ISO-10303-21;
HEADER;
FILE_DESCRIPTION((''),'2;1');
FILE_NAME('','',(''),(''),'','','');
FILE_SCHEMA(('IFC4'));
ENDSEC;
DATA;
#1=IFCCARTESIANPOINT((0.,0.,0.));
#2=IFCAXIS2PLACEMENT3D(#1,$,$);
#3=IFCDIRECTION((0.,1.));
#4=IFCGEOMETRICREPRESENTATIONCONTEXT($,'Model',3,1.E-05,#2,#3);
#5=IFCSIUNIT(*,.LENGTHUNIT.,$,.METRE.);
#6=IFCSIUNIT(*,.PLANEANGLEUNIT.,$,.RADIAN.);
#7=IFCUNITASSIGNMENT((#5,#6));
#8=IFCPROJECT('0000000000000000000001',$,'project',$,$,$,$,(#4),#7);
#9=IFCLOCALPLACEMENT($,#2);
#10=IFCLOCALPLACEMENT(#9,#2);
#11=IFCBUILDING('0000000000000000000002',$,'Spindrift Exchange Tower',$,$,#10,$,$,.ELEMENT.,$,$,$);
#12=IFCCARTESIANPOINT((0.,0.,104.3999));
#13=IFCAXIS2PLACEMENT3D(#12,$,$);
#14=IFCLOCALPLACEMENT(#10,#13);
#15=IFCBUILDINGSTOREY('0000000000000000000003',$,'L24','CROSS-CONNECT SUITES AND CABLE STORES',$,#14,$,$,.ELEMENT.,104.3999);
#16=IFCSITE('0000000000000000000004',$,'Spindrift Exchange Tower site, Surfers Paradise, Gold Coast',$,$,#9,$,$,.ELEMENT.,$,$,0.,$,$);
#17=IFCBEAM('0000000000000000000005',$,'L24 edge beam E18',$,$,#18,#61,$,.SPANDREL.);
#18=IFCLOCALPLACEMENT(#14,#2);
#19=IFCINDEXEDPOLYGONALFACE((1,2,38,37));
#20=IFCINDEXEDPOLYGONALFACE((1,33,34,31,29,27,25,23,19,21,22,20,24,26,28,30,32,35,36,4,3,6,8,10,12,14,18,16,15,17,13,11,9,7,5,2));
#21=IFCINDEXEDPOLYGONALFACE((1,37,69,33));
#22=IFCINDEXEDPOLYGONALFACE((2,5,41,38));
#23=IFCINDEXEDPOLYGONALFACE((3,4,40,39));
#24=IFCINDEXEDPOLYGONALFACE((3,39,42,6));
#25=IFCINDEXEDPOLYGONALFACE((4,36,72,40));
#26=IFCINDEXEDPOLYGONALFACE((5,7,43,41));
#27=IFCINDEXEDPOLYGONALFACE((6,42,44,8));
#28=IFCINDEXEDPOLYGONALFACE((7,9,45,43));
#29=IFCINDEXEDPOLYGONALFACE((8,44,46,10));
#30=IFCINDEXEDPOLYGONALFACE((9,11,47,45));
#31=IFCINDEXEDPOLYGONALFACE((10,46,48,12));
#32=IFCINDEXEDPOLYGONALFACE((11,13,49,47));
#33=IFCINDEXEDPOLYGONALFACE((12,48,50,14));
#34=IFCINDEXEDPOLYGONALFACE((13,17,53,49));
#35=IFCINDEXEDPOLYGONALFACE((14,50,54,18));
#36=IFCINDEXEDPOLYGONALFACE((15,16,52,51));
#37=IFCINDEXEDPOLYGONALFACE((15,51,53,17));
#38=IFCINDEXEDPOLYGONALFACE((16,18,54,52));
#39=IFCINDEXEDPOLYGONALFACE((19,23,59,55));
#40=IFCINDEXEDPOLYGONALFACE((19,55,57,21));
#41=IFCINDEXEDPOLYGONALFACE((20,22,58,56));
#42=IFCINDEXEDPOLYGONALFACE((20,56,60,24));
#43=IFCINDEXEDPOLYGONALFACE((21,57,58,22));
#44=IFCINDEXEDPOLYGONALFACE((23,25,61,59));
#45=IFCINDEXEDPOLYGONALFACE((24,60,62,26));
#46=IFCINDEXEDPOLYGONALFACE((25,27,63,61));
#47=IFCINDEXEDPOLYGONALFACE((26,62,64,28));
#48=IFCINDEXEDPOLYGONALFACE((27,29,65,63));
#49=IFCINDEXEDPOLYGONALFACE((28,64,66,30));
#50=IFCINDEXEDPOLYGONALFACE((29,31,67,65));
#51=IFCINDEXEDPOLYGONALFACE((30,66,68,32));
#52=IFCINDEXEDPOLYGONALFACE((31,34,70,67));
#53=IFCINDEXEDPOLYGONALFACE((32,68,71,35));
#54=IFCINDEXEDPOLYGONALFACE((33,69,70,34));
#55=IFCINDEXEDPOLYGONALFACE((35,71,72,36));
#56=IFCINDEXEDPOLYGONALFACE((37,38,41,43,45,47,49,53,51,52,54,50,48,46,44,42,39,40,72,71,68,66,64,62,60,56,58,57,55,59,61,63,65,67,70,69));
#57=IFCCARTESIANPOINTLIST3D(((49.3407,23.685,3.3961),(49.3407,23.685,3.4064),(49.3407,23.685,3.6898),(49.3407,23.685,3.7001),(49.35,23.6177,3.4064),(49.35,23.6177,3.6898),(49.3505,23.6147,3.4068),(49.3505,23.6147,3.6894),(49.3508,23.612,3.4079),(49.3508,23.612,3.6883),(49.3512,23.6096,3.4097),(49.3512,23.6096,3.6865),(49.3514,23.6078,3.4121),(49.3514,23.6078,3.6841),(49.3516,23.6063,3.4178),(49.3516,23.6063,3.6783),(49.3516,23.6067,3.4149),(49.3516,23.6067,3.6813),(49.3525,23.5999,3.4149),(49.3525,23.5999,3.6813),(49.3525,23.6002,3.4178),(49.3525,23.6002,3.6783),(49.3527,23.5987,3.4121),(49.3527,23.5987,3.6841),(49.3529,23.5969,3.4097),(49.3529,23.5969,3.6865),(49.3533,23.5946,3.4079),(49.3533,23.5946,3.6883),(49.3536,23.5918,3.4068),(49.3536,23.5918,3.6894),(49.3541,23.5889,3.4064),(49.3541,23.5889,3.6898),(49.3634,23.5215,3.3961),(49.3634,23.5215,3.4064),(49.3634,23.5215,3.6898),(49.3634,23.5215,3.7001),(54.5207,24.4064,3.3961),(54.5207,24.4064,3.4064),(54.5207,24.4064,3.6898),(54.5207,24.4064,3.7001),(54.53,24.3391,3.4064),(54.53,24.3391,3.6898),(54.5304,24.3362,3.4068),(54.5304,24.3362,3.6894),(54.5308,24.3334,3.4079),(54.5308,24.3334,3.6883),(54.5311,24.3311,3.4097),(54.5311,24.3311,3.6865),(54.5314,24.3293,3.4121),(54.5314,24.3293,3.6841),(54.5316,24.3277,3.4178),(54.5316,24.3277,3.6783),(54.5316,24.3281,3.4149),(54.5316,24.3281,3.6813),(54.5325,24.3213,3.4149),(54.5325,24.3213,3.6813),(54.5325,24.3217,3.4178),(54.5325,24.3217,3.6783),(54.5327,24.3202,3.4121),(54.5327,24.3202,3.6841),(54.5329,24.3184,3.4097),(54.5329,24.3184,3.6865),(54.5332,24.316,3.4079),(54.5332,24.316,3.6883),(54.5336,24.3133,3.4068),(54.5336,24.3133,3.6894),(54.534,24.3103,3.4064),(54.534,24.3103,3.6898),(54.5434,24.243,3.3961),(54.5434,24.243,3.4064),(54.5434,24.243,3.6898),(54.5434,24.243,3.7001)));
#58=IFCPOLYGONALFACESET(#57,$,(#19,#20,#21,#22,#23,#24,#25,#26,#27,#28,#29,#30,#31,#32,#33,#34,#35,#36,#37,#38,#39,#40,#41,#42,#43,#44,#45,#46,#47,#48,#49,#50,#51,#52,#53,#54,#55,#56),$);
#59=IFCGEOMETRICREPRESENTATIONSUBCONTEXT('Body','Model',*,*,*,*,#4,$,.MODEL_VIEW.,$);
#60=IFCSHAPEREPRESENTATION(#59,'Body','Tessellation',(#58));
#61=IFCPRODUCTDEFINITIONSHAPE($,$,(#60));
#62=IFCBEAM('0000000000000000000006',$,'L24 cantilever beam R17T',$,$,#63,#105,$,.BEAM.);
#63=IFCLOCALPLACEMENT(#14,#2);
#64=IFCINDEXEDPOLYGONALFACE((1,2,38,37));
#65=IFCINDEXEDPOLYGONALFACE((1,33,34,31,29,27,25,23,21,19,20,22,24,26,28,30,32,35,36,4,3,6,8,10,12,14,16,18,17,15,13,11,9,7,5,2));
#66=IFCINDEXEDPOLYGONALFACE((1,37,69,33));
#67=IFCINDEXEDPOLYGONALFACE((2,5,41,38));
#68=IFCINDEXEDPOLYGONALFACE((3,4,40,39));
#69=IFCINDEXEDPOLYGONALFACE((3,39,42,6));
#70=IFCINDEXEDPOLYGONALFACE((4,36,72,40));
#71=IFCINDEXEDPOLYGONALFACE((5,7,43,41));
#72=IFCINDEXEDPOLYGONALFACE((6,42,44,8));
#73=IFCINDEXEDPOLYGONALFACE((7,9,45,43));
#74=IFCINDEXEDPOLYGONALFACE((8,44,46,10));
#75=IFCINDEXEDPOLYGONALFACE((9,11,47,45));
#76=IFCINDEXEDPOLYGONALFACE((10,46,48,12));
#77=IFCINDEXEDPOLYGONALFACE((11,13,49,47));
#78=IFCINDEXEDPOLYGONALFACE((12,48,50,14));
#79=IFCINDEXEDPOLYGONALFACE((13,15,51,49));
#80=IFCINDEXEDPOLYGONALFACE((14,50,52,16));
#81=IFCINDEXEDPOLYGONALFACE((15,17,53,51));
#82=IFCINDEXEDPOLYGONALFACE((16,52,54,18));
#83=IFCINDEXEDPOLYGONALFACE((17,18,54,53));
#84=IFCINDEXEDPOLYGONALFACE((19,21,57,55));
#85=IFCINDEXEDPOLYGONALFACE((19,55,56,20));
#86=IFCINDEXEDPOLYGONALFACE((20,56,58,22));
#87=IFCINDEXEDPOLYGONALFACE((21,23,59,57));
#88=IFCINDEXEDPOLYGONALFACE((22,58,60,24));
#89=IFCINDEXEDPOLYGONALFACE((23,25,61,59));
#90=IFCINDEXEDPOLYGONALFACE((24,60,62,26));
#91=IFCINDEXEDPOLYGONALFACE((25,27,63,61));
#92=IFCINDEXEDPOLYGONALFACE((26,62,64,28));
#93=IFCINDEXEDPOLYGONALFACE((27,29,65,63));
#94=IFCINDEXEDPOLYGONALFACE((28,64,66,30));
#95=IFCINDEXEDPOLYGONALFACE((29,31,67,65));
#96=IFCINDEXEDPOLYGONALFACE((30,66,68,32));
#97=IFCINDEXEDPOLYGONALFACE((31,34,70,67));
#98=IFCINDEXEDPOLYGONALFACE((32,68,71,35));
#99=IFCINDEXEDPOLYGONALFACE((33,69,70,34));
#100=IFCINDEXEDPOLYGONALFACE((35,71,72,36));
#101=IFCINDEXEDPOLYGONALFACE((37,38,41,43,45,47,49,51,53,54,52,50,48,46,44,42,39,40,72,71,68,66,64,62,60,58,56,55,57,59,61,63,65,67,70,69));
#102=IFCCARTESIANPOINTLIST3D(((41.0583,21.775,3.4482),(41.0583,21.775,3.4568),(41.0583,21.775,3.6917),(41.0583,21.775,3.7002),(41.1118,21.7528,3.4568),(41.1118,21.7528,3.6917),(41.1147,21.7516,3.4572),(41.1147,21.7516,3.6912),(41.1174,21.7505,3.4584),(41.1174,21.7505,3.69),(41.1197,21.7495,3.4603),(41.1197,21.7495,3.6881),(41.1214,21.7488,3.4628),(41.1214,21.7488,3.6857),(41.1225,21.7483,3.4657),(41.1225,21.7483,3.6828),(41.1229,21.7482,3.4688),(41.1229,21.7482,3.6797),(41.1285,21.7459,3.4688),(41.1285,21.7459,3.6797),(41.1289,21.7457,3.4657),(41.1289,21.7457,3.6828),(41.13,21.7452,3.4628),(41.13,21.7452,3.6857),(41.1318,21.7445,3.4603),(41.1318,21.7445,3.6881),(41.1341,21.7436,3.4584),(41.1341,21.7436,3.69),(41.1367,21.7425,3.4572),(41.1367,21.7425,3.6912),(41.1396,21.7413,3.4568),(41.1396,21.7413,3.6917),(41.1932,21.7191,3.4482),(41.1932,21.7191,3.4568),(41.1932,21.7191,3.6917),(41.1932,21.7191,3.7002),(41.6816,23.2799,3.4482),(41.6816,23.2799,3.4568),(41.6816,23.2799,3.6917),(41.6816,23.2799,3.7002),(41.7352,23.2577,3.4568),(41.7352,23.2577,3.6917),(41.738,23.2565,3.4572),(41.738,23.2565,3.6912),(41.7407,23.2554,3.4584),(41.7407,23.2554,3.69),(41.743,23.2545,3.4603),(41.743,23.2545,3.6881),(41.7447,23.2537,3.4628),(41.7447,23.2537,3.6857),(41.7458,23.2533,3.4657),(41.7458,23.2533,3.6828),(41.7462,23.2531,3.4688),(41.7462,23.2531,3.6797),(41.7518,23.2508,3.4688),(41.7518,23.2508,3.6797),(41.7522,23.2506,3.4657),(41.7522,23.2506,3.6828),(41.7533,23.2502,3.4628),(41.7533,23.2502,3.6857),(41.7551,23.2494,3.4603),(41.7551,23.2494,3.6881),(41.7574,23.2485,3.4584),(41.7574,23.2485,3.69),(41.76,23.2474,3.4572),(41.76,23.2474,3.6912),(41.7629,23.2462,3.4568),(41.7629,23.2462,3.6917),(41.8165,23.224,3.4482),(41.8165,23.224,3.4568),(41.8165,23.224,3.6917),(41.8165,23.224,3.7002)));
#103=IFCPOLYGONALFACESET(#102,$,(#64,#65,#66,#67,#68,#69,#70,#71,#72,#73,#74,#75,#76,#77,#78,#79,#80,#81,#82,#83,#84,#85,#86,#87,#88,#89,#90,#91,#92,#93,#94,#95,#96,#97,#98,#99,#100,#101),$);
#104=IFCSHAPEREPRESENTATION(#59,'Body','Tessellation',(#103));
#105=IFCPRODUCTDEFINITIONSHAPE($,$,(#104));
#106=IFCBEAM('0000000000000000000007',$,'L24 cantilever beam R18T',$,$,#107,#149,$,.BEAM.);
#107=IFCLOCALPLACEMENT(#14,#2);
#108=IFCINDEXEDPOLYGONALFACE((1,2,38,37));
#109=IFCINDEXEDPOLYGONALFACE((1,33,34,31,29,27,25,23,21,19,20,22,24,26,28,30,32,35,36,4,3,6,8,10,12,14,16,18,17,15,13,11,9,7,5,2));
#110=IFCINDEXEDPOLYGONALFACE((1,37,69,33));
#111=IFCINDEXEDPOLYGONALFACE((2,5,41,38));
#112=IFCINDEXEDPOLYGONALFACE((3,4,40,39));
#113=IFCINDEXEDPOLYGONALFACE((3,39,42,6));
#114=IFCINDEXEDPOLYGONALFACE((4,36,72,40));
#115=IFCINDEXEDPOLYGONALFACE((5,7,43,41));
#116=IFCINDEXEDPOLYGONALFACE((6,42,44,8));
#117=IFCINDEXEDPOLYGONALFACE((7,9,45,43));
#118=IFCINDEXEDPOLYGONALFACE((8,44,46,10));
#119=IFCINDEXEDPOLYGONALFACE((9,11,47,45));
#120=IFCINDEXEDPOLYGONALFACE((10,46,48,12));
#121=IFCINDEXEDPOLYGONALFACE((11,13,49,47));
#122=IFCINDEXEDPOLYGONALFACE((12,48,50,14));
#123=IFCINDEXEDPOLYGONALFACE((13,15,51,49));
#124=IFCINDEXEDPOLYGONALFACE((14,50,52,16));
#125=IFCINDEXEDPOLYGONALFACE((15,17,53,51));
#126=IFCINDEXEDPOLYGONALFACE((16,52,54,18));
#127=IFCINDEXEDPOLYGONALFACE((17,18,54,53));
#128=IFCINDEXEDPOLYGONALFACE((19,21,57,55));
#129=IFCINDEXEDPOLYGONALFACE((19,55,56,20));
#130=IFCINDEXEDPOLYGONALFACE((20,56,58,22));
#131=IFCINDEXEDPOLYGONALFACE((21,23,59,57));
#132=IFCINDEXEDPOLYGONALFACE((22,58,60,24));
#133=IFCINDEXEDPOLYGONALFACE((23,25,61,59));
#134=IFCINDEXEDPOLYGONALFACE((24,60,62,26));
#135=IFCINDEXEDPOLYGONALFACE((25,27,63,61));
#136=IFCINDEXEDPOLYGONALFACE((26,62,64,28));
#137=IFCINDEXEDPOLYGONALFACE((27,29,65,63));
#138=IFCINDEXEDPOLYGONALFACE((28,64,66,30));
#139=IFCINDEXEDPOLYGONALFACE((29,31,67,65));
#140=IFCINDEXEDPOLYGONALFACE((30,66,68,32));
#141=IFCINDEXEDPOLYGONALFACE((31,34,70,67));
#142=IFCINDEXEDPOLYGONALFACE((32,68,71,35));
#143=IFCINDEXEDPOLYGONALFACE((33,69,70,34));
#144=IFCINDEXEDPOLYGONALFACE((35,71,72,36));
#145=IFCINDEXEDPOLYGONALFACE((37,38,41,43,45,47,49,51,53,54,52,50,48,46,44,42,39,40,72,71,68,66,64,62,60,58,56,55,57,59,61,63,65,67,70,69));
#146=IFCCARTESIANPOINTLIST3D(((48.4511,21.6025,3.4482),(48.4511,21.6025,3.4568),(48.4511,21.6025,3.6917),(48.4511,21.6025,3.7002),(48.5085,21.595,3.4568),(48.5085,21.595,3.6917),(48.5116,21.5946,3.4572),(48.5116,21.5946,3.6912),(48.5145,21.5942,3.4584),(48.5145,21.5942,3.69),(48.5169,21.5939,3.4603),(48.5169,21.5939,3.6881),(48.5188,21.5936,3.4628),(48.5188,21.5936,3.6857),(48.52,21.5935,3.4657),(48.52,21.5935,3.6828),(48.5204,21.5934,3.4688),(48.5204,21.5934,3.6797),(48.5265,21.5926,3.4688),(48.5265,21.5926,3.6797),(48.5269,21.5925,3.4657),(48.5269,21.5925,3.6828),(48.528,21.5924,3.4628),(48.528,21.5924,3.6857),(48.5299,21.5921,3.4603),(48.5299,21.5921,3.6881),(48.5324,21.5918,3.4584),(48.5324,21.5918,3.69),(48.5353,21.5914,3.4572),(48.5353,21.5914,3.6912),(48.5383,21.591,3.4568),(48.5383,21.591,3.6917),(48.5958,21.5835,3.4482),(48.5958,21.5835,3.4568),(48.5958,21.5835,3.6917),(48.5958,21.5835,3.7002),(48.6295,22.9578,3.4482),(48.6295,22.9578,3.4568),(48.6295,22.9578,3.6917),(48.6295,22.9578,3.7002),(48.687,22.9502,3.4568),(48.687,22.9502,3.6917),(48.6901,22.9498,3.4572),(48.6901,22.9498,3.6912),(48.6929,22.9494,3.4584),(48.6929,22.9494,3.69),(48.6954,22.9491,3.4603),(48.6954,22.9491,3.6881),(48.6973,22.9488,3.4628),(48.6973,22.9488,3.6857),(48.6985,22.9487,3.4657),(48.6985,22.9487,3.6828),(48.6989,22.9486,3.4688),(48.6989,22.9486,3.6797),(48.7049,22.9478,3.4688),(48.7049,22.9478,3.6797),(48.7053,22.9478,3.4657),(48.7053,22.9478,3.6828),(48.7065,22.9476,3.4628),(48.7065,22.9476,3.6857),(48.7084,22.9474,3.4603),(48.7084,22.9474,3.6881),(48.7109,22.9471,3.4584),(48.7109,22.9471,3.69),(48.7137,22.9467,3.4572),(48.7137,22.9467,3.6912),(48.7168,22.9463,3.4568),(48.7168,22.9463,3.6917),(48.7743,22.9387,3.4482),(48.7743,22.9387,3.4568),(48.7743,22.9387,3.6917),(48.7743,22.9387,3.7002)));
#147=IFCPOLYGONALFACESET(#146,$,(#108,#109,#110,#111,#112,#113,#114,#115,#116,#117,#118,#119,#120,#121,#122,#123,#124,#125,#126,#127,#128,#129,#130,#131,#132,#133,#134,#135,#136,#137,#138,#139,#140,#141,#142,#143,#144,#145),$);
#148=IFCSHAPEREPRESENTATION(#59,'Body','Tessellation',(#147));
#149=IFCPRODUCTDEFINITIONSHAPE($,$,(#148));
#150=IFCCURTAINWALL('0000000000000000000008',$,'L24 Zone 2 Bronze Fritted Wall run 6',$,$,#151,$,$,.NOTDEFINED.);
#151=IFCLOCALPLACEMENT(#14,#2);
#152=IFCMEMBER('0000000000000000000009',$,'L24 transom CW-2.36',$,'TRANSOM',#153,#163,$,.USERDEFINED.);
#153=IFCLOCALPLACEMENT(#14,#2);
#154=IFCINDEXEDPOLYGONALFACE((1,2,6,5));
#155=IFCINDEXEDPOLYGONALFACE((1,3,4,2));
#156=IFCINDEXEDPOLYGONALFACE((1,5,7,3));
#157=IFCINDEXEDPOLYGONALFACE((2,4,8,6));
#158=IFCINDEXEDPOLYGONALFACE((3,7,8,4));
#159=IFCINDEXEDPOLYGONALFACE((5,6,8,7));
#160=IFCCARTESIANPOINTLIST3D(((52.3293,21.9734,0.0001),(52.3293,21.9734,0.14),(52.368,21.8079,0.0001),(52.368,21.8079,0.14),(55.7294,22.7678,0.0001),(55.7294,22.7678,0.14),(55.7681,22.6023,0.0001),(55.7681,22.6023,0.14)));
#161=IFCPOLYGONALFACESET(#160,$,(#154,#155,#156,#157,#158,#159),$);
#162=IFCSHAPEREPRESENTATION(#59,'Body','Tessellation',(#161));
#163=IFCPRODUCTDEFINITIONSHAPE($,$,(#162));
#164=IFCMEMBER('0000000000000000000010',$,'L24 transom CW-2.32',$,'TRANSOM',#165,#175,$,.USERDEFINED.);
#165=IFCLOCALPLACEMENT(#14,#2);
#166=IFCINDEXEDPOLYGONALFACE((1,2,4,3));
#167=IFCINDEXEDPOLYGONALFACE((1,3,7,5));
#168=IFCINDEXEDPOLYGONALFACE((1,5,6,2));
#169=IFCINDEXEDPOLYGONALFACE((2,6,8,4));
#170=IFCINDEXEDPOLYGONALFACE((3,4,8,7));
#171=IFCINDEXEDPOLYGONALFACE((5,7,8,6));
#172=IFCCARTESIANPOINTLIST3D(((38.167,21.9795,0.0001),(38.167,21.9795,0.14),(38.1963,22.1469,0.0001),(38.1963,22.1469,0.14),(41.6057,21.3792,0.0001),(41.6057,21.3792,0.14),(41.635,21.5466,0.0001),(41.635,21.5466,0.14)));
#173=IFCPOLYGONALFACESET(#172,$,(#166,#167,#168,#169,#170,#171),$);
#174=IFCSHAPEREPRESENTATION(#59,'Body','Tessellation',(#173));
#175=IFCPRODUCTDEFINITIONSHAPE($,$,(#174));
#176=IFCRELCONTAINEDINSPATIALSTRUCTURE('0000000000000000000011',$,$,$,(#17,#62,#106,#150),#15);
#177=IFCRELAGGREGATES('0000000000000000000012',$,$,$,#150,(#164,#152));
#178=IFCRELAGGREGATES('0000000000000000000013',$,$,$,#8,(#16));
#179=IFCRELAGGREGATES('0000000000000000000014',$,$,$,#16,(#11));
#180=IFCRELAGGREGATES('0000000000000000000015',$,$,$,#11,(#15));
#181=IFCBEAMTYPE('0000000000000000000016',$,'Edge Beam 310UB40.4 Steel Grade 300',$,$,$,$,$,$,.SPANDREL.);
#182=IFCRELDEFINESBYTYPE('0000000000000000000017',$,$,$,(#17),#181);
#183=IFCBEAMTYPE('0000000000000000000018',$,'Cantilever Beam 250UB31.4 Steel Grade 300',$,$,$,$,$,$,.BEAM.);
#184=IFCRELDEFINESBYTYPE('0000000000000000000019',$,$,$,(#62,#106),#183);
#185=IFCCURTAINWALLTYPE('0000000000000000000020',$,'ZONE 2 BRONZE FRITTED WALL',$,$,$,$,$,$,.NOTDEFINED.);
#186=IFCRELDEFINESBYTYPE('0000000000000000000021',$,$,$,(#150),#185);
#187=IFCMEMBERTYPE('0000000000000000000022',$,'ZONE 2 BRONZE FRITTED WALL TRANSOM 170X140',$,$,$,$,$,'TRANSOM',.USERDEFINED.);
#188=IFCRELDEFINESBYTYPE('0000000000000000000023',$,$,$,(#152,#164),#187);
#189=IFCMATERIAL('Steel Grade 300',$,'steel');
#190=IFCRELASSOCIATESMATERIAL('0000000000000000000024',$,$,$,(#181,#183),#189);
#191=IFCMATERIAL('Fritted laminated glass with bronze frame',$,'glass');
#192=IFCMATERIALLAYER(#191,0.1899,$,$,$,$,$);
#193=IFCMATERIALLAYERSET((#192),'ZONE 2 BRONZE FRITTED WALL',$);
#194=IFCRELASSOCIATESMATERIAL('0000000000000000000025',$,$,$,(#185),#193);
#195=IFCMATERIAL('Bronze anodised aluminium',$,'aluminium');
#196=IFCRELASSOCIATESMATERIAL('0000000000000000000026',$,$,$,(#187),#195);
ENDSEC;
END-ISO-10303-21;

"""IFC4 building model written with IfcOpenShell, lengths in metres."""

from ifc_helpers import new_model, si_unit, direction, frame, origin, origin_2d, place, context, subcontext, project, spatial, rectangle, i_section, extrude, source, transform, mapped, material, layer, layer_set, material_profile, profile_set, type_object, element, aggregate, save


model = new_model("IFC4")

# Units and contexts
model_context = context("Model", 3, precision=1e-05, world=origin(), true_north=direction((0.0, 1.0)))
body_context = subcontext(model_context, "Body", "Model", "MODEL_VIEW")
ifc_project = project(units=[si_unit("LENGTHUNIT", "METRE"), si_unit("PLANEANGLEUNIT", "RADIAN")], contexts=[model_context])

# Site, building, storey
site_placement = place(None, origin())
site = spatial("IfcSite", under=ifc_project, at=site_placement, Name="Spindrift Exchange Tower site, Surfers Paradise, Gold Coast", CompositionType="ELEMENT", RefElevation=0.0)
building_placement = place(site_placement, origin())
building = spatial("IfcBuilding", under=site, at=building_placement, Name="Spindrift Exchange Tower", CompositionType="ELEMENT")
storey_placement = place(building_placement, frame((0.0, 0.0, 104.3999)))
storey = spatial("IfcBuildingStorey", under=building, at=storey_placement, Name="L24", Description="CROSS-CONNECT SUITES AND CABLE STORES", CompositionType="ELEMENT", Elevation=104.3999)

# Beams
ifc_material_1 = material(Name="Steel Grade 300", Category="steel")
ifc_material_profile_1 = material_profile(ifc_material_1, i_section(OverallWidth=0.165, OverallDepth=0.304, WebThickness=0.0061, FlangeThickness=0.0103, FilletRadius=0.0115, at=origin_2d()), Name="310UB40.4")
ifc_profile_set_1 = profile_set([ifc_material_profile_1], Name="Steel Grade 300")
beam_type_1 = type_object("IfcBeamType", Name="Edge Beam 310UB40.4 Steel Grade 300", PredefinedType="SPANDREL", material=ifc_profile_set_1)
shared_shape_1 = source(origin(), body_context, "Body", "SweptSolid", [
    extrude(i_section(OverallWidth=0.165, OverallDepth=0.304, WebThickness=0.0061, FlangeThickness=0.0103, FilletRadius=0.0115, at=origin_2d()), origin(), (0.0, 0.0, 1.0), 5.23),
])
beam_1_placement = place(storey_placement, frame((49.3521, 23.6033, 3.5481), z_axis=(0.99044, 0.137944, 0.0), x_axis=(-0.137944, 0.99044, 0.0)))
element("IfcBeam", 1, at=beam_1_placement, inside=storey, type_object=beam_type_1, Name="L24 edge beam E18", PredefinedType="SPANDREL", context=body_context, shape_type="MappedRepresentation", body=[
    mapped(shared_shape_1, transform((0.0, 0.0, 0.0), scale=1.0)),
])
ifc_material_profile_2 = material_profile(ifc_material_1, i_section(OverallWidth=0.146, OverallDepth=0.252, WebThickness=0.0061, FlangeThickness=0.0085, FilletRadius=0.012, at=origin_2d()), Name="250UB31.4")
ifc_profile_set_2 = profile_set([ifc_material_profile_2], Name="Steel Grade 300")
beam_type_2 = type_object("IfcBeamType", Name="Cantilever Beam 250UB31.4 Steel Grade 300", PredefinedType="BEAM", material=ifc_profile_set_2)
shared_shape_2 = source(origin(), body_context, "Body", "SweptSolid", [
    extrude(i_section(OverallWidth=0.146, OverallDepth=0.252, WebThickness=0.0061, FlangeThickness=0.0085, FilletRadius=0.012, at=origin_2d()), origin(), (0.0, 0.0, 1.0), 1.6289),
])
beam_2_placement = place(storey_placement, frame((41.749, 23.252, 3.5742), z_axis=(-0.382656, -0.923891, 0.0), x_axis=(0.923891, -0.382656, 0.0)))
element("IfcBeam", 2, at=beam_2_placement, inside=storey, type_object=beam_type_2, Name="L24 cantilever beam R17T", PredefinedType="BEAM", context=body_context, shape_type="MappedRepresentation", body=[
    mapped(shared_shape_2, transform((0.0, 0.0, 0.0), scale=1.0)),
])
shared_shape_3 = source(origin(), body_context, "Body", "SweptSolid", [
    extrude(i_section(OverallWidth=0.146, OverallDepth=0.252, WebThickness=0.0061, FlangeThickness=0.0085, FilletRadius=0.012, at=origin_2d()), origin(), (0.0, 0.0, 1.0), 1.3669),
])
beam_3_placement = place(storey_placement, frame((48.7019, 22.9482, 3.5742), z_axis=(-0.130561, -0.99144, 0.0), x_axis=(0.99144, -0.130561, 0.0)))
element("IfcBeam", 3, at=beam_3_placement, inside=storey, type_object=beam_type_2, Name="L24 cantilever beam R18T", PredefinedType="BEAM", context=body_context, shape_type="MappedRepresentation", body=[
    mapped(shared_shape_3, transform((0.0, 0.0, 0.0), scale=1.0)),
])

# Curtain wall, members
ifc_material_2 = material(Name="Fritted laminated glass with bronze frame", Category="glass")
ifc_layer_1 = layer(ifc_material_2, 0.1899)
ifc_layer_set_1 = layer_set([ifc_layer_1], Name="ZONE 2 BRONZE FRITTED WALL")
curtain_wall_type = type_object("IfcCurtainWallType", Name="ZONE 2 BRONZE FRITTED WALL", PredefinedType="NOTDEFINED", material=ifc_layer_set_1)
curtain_wall_placement = place(storey_placement, origin())
curtain_wall = element("IfcCurtainWall", 4, at=curtain_wall_placement, inside=storey, type_object=curtain_wall_type, Name="L24 Zone 2 Bronze Fritted Wall run 6", PredefinedType="NOTDEFINED")
ifc_material_3 = material(Name="Bronze anodised aluminium", Category="aluminium")
ifc_material_profile_3 = material_profile(ifc_material_3, rectangle(XDim=0.1699, YDim=0.1399, at=origin_2d()), Name="ZONE 2 BRONZE FRITTED WALL TRANSOM 170X140")
ifc_profile_set_3 = profile_set([ifc_material_profile_3], Name="Bronze anodised aluminium")
member_type_1 = type_object("IfcMemberType", Name="ZONE 2 BRONZE FRITTED WALL TRANSOM 170X140", ElementType="TRANSOM", PredefinedType="USERDEFINED", material=ifc_profile_set_3)
shared_shape_4 = source(origin(), body_context, "Body", "SweptSolid", [
    extrude(rectangle(XDim=0.1699, YDim=0.1399, at=origin_2d()), origin(), (0.0, 0.0, 1.0), 3.4917),
])
member_1_placement = place(storey_placement, frame((52.3486, 21.8906, 0.0701), z_axis=(0.973774, 0.227519, 0.0), x_axis=(-0.227519, 0.973774, 0.0)))
member_1 = element("IfcMember", 5, at=member_1_placement, type_object=member_type_1, Name="L24 transom CW-2.36", ObjectType="TRANSOM", PredefinedType="USERDEFINED", context=body_context, shape_type="MappedRepresentation", body=[
    mapped(shared_shape_4, transform((0.0, 0.0, 0.0), scale=1.0)),
])
shared_shape_5 = source(origin(), body_context, "Body", "SweptSolid", [
    extrude(rectangle(XDim=0.1699, YDim=0.1399, at=origin_2d()), origin(), (0.0, 0.0, 1.0), 3.4907),
])
member_2_placement = place(storey_placement, frame((38.1816, 22.0632, 0.0701), z_axis=(0.9851, -0.171982, 0.0), x_axis=(0.171982, 0.9851, 0.0)))
member_2 = element("IfcMember", 6, at=member_2_placement, type_object=member_type_1, Name="L24 transom CW-2.32", ObjectType="TRANSOM", PredefinedType="USERDEFINED", context=body_context, shape_type="MappedRepresentation", body=[
    mapped(shared_shape_5, transform((0.0, 0.0, 0.0), scale=1.0)),
])
aggregate(curtain_wall, [member_2, member_1])

save(model, "model.ifc")
